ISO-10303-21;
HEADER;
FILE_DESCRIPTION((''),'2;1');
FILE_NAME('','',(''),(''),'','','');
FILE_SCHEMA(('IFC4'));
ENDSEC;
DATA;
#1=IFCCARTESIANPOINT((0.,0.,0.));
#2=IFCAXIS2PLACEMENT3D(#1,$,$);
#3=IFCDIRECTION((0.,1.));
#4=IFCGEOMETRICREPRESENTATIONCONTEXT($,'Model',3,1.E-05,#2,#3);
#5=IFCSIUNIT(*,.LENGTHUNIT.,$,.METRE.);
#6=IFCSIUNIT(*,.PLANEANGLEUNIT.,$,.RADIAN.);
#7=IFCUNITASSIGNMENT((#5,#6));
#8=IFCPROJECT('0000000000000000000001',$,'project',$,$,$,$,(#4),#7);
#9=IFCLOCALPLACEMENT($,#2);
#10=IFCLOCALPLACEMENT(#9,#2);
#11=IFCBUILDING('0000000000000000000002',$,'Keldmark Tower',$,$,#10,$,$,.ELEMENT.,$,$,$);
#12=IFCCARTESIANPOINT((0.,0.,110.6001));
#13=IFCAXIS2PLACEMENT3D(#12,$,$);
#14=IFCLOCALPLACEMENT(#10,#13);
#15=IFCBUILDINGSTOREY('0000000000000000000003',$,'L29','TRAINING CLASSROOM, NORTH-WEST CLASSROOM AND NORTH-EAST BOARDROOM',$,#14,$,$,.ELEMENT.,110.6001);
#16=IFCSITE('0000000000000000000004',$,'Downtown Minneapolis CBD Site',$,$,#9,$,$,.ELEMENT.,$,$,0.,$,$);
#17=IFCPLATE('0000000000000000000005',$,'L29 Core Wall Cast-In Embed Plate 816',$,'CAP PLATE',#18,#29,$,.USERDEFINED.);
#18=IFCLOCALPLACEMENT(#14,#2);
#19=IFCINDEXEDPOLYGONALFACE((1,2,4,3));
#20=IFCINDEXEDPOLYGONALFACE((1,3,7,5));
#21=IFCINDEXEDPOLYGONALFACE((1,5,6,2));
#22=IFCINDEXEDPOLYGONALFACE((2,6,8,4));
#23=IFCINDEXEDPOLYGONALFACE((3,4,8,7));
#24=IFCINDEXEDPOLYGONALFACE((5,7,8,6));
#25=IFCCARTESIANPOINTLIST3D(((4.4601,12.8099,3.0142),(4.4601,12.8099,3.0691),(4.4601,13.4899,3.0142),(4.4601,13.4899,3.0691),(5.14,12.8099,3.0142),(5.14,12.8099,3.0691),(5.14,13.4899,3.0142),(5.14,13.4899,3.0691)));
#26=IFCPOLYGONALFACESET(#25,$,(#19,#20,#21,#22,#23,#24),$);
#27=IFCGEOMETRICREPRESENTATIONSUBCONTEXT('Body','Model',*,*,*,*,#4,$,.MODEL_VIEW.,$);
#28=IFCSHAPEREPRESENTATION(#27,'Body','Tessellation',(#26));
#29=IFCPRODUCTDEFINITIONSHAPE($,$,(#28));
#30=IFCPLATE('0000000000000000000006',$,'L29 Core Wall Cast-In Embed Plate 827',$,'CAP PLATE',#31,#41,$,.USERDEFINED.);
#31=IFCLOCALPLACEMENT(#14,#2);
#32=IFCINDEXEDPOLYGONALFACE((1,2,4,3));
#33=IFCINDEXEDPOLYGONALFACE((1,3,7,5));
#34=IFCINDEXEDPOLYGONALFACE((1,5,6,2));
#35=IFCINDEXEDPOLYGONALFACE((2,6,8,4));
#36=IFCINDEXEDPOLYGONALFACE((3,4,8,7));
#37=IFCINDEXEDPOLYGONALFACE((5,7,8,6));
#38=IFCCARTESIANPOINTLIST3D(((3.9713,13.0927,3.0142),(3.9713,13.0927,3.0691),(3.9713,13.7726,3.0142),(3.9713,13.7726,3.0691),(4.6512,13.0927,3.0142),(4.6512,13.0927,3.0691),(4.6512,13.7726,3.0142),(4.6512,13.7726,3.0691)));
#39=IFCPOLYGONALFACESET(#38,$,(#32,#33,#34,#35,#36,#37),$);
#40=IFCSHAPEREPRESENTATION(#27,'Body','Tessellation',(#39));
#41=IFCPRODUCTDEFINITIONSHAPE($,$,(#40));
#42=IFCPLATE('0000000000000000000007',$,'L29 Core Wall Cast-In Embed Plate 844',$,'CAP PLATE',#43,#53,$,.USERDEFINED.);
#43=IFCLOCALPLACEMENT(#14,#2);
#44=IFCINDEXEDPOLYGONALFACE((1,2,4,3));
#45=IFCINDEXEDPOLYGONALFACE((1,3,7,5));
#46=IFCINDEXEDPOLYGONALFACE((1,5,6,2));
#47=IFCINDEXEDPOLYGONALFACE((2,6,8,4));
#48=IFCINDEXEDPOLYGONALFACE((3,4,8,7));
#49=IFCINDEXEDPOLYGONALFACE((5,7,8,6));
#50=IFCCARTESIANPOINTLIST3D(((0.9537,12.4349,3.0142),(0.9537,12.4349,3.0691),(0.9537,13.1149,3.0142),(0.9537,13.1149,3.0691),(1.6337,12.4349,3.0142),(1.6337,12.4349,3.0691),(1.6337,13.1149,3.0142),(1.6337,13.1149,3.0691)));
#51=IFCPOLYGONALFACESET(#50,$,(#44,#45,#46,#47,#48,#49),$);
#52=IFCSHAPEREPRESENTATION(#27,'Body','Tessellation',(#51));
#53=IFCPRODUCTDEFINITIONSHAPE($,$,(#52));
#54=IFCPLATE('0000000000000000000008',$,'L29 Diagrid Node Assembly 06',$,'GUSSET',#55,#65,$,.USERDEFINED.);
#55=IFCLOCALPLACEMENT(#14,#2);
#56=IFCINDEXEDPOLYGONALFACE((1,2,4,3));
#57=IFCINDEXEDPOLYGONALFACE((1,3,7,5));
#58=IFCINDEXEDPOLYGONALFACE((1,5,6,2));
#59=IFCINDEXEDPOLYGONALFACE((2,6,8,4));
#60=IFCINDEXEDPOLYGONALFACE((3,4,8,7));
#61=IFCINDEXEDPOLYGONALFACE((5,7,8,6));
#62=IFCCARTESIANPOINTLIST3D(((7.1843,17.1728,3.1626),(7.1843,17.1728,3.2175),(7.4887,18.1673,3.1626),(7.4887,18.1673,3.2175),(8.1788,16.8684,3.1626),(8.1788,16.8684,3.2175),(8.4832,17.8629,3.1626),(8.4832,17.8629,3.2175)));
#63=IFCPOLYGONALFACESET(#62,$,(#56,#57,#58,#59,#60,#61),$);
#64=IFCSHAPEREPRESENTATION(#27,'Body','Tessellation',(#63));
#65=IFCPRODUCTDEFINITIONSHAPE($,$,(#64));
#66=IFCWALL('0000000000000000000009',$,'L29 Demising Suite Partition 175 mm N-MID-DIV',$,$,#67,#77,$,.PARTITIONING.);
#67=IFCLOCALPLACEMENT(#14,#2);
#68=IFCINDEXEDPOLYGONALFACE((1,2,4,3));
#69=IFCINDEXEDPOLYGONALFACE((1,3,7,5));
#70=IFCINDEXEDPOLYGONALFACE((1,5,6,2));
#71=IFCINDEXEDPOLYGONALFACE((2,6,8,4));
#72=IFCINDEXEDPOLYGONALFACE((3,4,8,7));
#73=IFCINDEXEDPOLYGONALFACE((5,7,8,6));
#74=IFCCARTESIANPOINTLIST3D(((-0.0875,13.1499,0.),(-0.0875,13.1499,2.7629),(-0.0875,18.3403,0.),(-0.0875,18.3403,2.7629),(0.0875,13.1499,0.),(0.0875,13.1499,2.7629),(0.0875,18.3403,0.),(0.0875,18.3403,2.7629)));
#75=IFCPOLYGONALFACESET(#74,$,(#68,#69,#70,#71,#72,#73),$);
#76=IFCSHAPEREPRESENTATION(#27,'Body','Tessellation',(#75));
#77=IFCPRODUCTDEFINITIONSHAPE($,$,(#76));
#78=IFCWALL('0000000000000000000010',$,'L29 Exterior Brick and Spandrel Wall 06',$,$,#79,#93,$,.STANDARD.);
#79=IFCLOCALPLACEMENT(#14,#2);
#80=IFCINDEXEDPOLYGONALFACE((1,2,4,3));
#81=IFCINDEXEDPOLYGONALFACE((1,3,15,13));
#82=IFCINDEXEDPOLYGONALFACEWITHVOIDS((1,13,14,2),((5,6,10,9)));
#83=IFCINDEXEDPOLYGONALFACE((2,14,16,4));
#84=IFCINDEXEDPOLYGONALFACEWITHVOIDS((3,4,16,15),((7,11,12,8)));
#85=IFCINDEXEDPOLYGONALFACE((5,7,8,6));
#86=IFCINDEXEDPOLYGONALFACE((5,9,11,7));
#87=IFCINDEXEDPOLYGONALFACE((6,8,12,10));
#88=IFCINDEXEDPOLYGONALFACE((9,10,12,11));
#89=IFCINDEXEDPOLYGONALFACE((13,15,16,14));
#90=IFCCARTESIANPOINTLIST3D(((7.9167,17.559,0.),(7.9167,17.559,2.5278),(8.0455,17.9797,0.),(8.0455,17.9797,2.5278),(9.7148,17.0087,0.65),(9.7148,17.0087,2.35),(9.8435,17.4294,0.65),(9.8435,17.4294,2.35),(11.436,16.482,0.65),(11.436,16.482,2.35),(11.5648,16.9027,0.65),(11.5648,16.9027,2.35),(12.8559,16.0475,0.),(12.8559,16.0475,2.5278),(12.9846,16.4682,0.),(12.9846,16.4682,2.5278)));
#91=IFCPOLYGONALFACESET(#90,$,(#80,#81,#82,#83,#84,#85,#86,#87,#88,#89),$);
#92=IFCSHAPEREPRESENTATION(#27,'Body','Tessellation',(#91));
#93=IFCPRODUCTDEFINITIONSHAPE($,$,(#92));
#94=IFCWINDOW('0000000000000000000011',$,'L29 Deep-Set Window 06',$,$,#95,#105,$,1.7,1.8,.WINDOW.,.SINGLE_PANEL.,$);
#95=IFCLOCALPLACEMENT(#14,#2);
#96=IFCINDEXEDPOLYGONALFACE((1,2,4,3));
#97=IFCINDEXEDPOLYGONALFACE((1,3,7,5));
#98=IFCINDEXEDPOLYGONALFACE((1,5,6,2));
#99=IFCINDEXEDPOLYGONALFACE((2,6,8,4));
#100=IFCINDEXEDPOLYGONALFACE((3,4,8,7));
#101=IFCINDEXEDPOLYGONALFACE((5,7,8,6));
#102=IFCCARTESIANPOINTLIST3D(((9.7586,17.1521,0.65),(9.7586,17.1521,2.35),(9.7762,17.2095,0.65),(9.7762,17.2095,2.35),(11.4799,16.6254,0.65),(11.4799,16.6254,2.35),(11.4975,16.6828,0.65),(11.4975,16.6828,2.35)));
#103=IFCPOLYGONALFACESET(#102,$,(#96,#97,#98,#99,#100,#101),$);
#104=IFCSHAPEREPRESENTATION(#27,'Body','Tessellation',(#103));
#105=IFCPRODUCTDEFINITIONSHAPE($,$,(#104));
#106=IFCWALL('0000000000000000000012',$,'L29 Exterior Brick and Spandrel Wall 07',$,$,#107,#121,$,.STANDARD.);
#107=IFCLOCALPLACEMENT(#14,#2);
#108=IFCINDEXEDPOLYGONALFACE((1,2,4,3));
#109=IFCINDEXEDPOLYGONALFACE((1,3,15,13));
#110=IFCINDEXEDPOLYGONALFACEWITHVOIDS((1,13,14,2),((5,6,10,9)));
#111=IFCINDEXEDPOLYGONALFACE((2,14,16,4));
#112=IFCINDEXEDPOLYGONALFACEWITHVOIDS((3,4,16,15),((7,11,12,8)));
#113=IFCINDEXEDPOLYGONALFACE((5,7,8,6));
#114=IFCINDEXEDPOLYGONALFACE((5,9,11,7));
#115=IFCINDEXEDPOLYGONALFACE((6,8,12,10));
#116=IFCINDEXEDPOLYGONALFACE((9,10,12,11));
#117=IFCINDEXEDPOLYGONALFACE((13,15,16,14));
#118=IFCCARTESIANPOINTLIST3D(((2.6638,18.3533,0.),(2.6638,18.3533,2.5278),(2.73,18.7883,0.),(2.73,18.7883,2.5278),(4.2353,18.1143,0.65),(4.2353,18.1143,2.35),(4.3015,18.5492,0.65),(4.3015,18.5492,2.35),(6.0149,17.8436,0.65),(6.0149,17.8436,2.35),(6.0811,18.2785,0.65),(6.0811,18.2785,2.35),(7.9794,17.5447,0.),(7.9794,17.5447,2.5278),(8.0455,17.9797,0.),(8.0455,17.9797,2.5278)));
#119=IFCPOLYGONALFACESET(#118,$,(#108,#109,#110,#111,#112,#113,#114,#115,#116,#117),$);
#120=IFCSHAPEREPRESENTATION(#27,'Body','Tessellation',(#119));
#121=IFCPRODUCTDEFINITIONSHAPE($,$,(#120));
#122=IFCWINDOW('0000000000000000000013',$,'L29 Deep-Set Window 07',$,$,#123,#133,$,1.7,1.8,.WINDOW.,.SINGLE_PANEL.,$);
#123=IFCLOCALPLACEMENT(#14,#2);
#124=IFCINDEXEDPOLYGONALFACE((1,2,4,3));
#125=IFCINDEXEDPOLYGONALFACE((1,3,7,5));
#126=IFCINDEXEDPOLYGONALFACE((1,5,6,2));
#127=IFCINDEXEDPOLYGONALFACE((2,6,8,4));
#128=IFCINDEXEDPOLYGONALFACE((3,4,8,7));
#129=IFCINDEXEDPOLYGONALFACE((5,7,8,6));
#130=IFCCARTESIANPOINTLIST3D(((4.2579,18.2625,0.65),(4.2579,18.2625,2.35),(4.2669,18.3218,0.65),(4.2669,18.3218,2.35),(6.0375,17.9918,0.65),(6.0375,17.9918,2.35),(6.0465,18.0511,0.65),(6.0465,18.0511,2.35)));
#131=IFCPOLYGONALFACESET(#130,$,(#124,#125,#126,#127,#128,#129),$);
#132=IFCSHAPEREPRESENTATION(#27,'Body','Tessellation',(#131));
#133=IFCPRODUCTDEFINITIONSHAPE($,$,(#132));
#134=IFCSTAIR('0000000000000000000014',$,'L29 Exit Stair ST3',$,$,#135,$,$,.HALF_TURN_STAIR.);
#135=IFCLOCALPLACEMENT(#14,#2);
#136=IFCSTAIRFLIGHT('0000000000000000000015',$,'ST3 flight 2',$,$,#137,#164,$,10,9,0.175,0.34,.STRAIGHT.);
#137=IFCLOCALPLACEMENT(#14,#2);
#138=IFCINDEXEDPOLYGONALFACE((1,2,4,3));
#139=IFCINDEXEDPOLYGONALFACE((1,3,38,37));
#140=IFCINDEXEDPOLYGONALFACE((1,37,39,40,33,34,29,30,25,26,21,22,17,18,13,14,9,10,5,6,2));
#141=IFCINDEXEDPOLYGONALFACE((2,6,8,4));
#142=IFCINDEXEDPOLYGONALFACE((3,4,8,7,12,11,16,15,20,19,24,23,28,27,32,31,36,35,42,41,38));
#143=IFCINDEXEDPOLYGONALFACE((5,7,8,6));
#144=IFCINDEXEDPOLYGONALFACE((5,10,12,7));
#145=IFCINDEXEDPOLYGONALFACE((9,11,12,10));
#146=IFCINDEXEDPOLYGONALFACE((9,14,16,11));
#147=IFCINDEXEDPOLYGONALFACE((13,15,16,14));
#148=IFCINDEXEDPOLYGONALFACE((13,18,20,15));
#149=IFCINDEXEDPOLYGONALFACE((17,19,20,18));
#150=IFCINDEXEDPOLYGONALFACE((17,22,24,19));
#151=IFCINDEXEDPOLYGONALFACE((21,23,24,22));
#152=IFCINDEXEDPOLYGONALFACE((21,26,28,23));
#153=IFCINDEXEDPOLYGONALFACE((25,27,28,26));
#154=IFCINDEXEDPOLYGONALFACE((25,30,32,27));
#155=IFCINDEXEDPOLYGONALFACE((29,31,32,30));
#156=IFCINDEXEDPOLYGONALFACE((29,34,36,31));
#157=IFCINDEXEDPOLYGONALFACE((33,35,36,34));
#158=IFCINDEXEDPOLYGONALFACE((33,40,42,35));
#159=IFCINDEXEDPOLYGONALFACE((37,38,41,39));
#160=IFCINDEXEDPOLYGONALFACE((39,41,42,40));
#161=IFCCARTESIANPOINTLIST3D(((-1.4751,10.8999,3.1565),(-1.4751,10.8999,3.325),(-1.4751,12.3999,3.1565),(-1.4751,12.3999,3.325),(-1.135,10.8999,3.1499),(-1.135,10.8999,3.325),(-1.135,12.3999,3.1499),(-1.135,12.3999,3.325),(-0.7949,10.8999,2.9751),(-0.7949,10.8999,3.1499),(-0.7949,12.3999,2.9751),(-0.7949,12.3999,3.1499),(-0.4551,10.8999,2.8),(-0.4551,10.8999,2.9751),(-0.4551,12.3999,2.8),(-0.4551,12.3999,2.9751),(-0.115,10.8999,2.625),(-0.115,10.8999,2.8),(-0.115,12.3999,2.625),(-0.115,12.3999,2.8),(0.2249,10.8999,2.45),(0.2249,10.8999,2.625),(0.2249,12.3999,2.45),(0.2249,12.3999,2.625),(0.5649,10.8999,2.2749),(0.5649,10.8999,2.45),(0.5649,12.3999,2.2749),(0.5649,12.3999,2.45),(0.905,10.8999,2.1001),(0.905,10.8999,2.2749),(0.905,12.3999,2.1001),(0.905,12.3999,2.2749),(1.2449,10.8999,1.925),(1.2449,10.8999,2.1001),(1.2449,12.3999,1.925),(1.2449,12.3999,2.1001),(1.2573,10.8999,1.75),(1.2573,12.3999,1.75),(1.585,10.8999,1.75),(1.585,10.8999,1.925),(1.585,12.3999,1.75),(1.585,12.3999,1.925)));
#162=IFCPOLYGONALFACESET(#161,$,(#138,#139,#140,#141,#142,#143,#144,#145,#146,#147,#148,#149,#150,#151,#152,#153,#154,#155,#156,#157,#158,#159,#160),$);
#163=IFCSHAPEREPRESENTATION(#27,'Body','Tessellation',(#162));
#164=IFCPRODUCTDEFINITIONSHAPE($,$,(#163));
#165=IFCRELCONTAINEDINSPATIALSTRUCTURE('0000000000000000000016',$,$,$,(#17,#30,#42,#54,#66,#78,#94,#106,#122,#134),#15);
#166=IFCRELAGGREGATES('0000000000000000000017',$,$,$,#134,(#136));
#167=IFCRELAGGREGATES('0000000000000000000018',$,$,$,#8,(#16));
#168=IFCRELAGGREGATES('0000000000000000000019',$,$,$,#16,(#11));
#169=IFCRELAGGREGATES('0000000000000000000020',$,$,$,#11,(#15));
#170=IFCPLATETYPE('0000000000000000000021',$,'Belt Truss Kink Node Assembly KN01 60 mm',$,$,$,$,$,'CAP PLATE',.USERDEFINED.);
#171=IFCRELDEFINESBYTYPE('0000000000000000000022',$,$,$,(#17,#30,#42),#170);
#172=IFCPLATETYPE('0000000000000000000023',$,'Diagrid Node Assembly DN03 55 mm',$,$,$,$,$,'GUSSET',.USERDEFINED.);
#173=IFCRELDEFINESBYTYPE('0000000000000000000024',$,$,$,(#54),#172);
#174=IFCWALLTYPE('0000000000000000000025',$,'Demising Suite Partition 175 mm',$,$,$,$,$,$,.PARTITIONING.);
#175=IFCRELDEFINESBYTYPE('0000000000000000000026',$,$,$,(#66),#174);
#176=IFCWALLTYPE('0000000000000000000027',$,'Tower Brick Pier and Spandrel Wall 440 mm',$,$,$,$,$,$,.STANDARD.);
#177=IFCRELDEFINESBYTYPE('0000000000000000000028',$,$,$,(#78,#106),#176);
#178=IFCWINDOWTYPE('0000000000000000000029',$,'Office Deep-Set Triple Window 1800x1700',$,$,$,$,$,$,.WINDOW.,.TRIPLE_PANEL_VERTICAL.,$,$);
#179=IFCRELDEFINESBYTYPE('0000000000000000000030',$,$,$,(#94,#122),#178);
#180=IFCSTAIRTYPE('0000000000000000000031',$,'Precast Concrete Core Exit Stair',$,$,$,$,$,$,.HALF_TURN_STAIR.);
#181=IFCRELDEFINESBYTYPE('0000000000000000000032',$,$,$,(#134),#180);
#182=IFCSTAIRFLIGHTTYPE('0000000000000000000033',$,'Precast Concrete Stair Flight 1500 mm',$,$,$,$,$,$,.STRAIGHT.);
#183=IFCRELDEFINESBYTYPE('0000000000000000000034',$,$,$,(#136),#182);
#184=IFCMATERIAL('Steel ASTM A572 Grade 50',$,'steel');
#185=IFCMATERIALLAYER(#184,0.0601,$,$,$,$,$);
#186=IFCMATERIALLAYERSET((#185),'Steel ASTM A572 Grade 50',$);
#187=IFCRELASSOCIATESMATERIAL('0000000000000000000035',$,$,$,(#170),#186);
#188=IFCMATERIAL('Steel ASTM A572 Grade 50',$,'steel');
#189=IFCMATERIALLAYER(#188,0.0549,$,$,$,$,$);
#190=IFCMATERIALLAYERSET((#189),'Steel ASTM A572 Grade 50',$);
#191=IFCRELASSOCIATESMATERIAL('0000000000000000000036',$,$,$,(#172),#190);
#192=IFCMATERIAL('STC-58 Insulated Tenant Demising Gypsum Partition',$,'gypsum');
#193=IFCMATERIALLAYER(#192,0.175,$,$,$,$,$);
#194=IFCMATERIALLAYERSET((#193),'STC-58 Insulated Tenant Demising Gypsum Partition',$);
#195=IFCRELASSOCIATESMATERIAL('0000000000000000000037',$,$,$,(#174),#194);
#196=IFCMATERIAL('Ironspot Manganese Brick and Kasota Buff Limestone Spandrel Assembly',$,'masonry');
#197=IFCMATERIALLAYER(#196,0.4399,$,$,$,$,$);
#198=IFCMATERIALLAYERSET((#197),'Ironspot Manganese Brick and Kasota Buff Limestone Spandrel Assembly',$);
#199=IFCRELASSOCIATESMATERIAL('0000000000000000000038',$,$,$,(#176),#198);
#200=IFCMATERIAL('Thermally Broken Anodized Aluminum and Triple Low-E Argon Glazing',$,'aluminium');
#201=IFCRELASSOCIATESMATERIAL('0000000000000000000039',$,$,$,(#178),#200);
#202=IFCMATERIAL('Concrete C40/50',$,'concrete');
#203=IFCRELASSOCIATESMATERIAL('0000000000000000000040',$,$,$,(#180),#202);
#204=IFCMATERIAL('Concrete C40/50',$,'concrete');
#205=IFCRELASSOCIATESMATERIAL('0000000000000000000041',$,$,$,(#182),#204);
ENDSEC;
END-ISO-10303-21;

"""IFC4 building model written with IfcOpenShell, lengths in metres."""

from ifc_helpers import new_model, si_unit, direction, frame, frame_2d, origin, origin_2d, place, context, subcontext, project, spatial, polyline, rectangle, outline, extrude, material, layer, layer_set, type_object, element, fill, aggregate, save


model = new_model("IFC4")

# Units and contexts
model_context = context("Model", 3, precision=1e-05, world=origin(), true_north=direction((0.0, 1.0)))
body_context = subcontext(model_context, "Body", "Model", "MODEL_VIEW")
ifc_project = project(units=[si_unit("LENGTHUNIT", "METRE"), si_unit("PLANEANGLEUNIT", "RADIAN")], contexts=[model_context])

# Site, building, storey
site_placement = place(None, origin())
site = spatial("IfcSite", under=ifc_project, at=site_placement, Name="Downtown Minneapolis CBD Site", CompositionType="ELEMENT", RefElevation=0.0)
building_placement = place(site_placement, origin())
building = spatial("IfcBuilding", under=site, at=building_placement, Name="Keldmark Tower", CompositionType="ELEMENT")
storey_placement = place(building_placement, frame((0.0, 0.0, 110.6001)))
storey = spatial("IfcBuildingStorey", under=building, at=storey_placement, Name="L29", Description="TRAINING CLASSROOM, NORTH-WEST CLASSROOM AND NORTH-EAST BOARDROOM", CompositionType="ELEMENT", Elevation=110.6001)

# Plates
ifc_material_1 = material(Name="Steel ASTM A572 Grade 50", Category="steel")
ifc_layer_1 = layer(ifc_material_1, 0.0601)
ifc_layer_set_1 = layer_set([ifc_layer_1], Name="Steel ASTM A572 Grade 50")
plate_type_1 = type_object("IfcPlateType", Name="Belt Truss Kink Node Assembly KN01 60 mm", ElementType="CAP PLATE", PredefinedType="USERDEFINED", material=ifc_layer_set_1)
for number, where, z_axis, x_axis, name in (
    (1, (4.8, 13.1499, 3.0142), (0.0, 0.0, 1.0), (1.0, 0.0, 0.0), "L29 Core Wall Cast-In Embed Plate 816"),
    (2, (4.3113, 13.4326, 3.0142), (0.0, 0.0, 1.0), (1.0, 0.0, 0.0), "L29 Core Wall Cast-In Embed Plate 827"),
    (3, (1.2937, 12.7749, 3.0142), (0.0, 0.0, 1.0), (1.0, 0.0, 0.0), "L29 Core Wall Cast-In Embed Plate 844"),
):
    element("IfcPlate", number, at=place(storey_placement, frame(where, z_axis=z_axis, x_axis=x_axis)), inside=storey, type_object=plate_type_1, Name=name, ObjectType="CAP PLATE", PredefinedType="USERDEFINED", context=body_context, shape_type="SweptSolid", body=[
        extrude(rectangle(XDim=0.6799, YDim=0.6799, at=origin_2d()), origin(), (0.0, 0.0, 1.0), 0.0549),
    ])
ifc_material_2 = material(Name="Steel ASTM A572 Grade 50", Category="steel")
ifc_layer_2 = layer(ifc_material_2, 0.0549)
ifc_layer_set_2 = layer_set([ifc_layer_2], Name="Steel ASTM A572 Grade 50")
plate_type_2 = type_object("IfcPlateType", Name="Diagrid Node Assembly DN03 55 mm", ElementType="GUSSET", PredefinedType="USERDEFINED", material=ifc_layer_set_2)
plate_placement = place(storey_placement, frame((7.8337, 17.5178, 3.1626), z_axis=(0.0, 0.0, 1.0), x_axis=(-0.956203, 0.292706, 0.0)))
element("IfcPlate", 4, at=plate_placement, inside=storey, type_object=plate_type_2, Name="L29 Diagrid Node Assembly 06", ObjectType="GUSSET", PredefinedType="USERDEFINED", context=body_context, shape_type="SweptSolid", body=[
    extrude(rectangle(XDim=1.04, YDim=1.04, at=origin_2d()), origin(), (0.0, 0.0, 1.0), 0.0549),
])

# Wall
ifc_material_3 = material(Name="STC-58 Insulated Tenant Demising Gypsum Partition", Category="gypsum")
ifc_layer_3 = layer(ifc_material_3, 0.175)
ifc_layer_set_3 = layer_set([ifc_layer_3], Name="STC-58 Insulated Tenant Demising Gypsum Partition")
wall_type_1 = type_object("IfcWallType", Name="Demising Suite Partition 175 mm", PredefinedType="PARTITIONING", material=ifc_layer_set_3)
wall_1_placement = place(storey_placement, frame((0.0, 13.1499, 0.0), z_axis=(0.0, 0.0, 1.0), x_axis=(0.0, 1.0, 0.0)))
element("IfcWall", 5, at=wall_1_placement, inside=storey, type_object=wall_type_1, Name="L29 Demising Suite Partition 175 mm N-MID-DIV", PredefinedType="PARTITIONING", context=body_context, shape_type="SweptSolid", body=[
    extrude(rectangle(XDim=5.1904, YDim=0.175, at=frame_2d((2.5952, 0.0))), origin(), (0.0, 0.0, 1.0), 2.7629),
])

# Walls, openings, windows
ifc_material_4 = material(Name="Ironspot Manganese Brick and Kasota Buff Limestone Spandrel Assembly", Category="masonry")
ifc_layer_4 = layer(ifc_material_4, 0.4399)
ifc_layer_set_4 = layer_set([ifc_layer_4], Name="Ironspot Manganese Brick and Kasota Buff Limestone Spandrel Assembly")
wall_type_2 = type_object("IfcWallType", Name="Tower Brick Pier and Spandrel Wall 440 mm", PredefinedType="STANDARD", material=ifc_layer_set_4)
wall_2_placement = place(storey_placement, frame((7.9812, 17.7693, 0.0), z_axis=(0.0, 0.0, 1.0), x_axis=(0.956229, -0.292621, 0.0)))
wall_2 = element("IfcWall", 6, at=wall_2_placement, inside=storey, type_object=wall_type_2, Name="L29 Exterior Brick and Spandrel Wall 06", PredefinedType="STANDARD", context=body_context, shape_type="SweptSolid", body=[
    extrude(rectangle(XDim=5.1653, YDim=0.4399, at=frame_2d((2.5825, 0.0))), origin(), (0.0, 0.0, 1.0), 2.5278),
])
opening_1_placement = place(wall_2_placement, frame((1.8804, 0.0, 0.6499)))
opening_1 = element("IfcOpeningElement", 7, at=opening_1_placement, cuts=wall_2, PredefinedType="OPENING", context=body_context, shape_type="SweptSolid", body=[
    extrude(rectangle(XDim=1.8, YDim=1.7, at=frame_2d((0.8999, 0.8501))), frame((0.0, 0.23, 0.0), z_axis=(0.0, -1.0, 0.0), x_axis=(1.0, 0.0, 0.0)), (0.0, 0.0, 1.0), 0.46),
])
ifc_material_5 = material(Name="Thermally Broken Anodized Aluminum and Triple Low-E Argon Glazing", Category="aluminium")
window_type = type_object("IfcWindowType", Name="Office Deep-Set Triple Window 1800x1700", PartitioningType="TRIPLE_PANEL_VERTICAL", PredefinedType="WINDOW", material=ifc_material_5)
window_1_placement = place(opening_1_placement, origin())
window_1 = element("IfcWindow", 8, at=window_1_placement, inside=storey, type_object=window_type, Name="L29 Deep-Set Window 06", OverallHeight=1.7, OverallWidth=1.8, PartitioningType="SINGLE_PANEL", PredefinedType="WINDOW", context=body_context, shape_type="SweptSolid", body=[
    extrude(rectangle(XDim=1.8, YDim=1.7, at=frame_2d((0.8999, 0.8501))), frame((0.0, -0.01, 0.0), z_axis=(0.0, -1.0, 0.0), x_axis=(1.0, 0.0, 0.0)), (0.0, 0.0, 1.0), 0.0601),
])
fill(opening_1, window_1)
wall_3_placement = place(storey_placement, frame((2.6968, 18.5708, 0.0), z_axis=(0.0, 0.0, 1.0), x_axis=(0.988627, -0.150385, 0.0)))
wall_3 = element("IfcWall", 9, at=wall_3_placement, inside=storey, type_object=wall_type_2, Name="L29 Exterior Brick and Spandrel Wall 07", PredefinedType="STANDARD", context=body_context, shape_type="SweptSolid", body=[
    extrude(rectangle(XDim=5.3767, YDim=0.4399, at=frame_2d((2.6885, 0.0))), origin(), (0.0, 0.0, 1.0), 2.5278),
])
opening_2_placement = place(wall_3_placement, frame((1.5898, 0.0, 0.6499)))
opening_2 = element("IfcOpeningElement", 10, at=opening_2_placement, cuts=wall_3, PredefinedType="OPENING", context=body_context, shape_type="SweptSolid", body=[
    extrude(rectangle(XDim=1.8, YDim=1.7, at=frame_2d((0.8999, 0.8501))), frame((0.0, 0.23, 0.0), z_axis=(0.0, -1.0, 0.0), x_axis=(1.0, 0.0, 0.0)), (0.0, 0.0, 1.0), 0.46),
])
window_2_placement = place(opening_2_placement, origin())
window_2 = element("IfcWindow", 11, at=window_2_placement, inside=storey, type_object=window_type, Name="L29 Deep-Set Window 07", OverallHeight=1.7, OverallWidth=1.8, PartitioningType="SINGLE_PANEL", PredefinedType="WINDOW", context=body_context, shape_type="SweptSolid", body=[
    extrude(rectangle(XDim=1.8, YDim=1.7, at=frame_2d((0.8999, 0.8501))), frame((0.0, -0.01, 0.0), z_axis=(0.0, -1.0, 0.0), x_axis=(1.0, 0.0, 0.0)), (0.0, 0.0, 1.0), 0.0601),
])
fill(opening_2, window_2)

# Stair, stair flight
ifc_material_6 = material(Name="Concrete C40/50", Category="concrete")
stair_type = type_object("IfcStairType", Name="Precast Concrete Core Exit Stair", PredefinedType="HALF_TURN_STAIR", material=ifc_material_6)
stair_placement = place(storey_placement, origin())
stair = element("IfcStair", 12, at=stair_placement, inside=storey, type_object=stair_type, Name="L29 Exit Stair ST3", PredefinedType="HALF_TURN_STAIR")
ifc_material_7 = material(Name="Concrete C40/50", Category="concrete")
stair_flight_type = type_object("IfcStairFlightType", Name="Precast Concrete Stair Flight 1500 mm", PredefinedType="STRAIGHT", material=ifc_material_7)
stair_flight_placement = place(storey_placement, frame((1.585, 11.6499, 1.75), z_axis=(0.0, 0.0, 1.0), x_axis=(-1.0, 0.0, 0.0)))
stair_flight = element("IfcStairFlight", 13, at=stair_flight_placement, type_object=stair_flight_type, Name="ST3 flight 2", NumberOfRisers=10, NumberOfTreads=9, PredefinedType="STRAIGHT", RiserHeight=0.175, TreadLength=0.34, context=body_context, shape_type="SweptSolid", body=[
    extrude(outline(polyline([(0.0, 0.0), (0.0, 0.175), (0.3401, 0.175), (0.3401, 0.3501), (0.6799, 0.3501), (0.6799, 0.5249), (1.02, 0.5249), (1.02, 0.7), (1.3601, 0.7), (1.3601, 0.875), (1.7, 0.875), (1.7, 1.05), (2.04, 1.05), (2.04, 1.2251), (2.3799, 1.2251), (2.3799, 1.3999), (2.72, 1.3999), (2.72, 1.575), (3.0601, 1.575), (3.0601, 1.75), (3.0601, 1.4065), (0.3276, 0.0), (0.0, 0.0)])), frame((0.0, 0.75, 0.0), z_axis=(0.0, -1.0, 0.0), x_axis=(1.0, 0.0, 0.0)), (0.0, 0.0, 1.0), 1.5),
])
aggregate(stair, [stair_flight])

save(model, "model.ifc")
